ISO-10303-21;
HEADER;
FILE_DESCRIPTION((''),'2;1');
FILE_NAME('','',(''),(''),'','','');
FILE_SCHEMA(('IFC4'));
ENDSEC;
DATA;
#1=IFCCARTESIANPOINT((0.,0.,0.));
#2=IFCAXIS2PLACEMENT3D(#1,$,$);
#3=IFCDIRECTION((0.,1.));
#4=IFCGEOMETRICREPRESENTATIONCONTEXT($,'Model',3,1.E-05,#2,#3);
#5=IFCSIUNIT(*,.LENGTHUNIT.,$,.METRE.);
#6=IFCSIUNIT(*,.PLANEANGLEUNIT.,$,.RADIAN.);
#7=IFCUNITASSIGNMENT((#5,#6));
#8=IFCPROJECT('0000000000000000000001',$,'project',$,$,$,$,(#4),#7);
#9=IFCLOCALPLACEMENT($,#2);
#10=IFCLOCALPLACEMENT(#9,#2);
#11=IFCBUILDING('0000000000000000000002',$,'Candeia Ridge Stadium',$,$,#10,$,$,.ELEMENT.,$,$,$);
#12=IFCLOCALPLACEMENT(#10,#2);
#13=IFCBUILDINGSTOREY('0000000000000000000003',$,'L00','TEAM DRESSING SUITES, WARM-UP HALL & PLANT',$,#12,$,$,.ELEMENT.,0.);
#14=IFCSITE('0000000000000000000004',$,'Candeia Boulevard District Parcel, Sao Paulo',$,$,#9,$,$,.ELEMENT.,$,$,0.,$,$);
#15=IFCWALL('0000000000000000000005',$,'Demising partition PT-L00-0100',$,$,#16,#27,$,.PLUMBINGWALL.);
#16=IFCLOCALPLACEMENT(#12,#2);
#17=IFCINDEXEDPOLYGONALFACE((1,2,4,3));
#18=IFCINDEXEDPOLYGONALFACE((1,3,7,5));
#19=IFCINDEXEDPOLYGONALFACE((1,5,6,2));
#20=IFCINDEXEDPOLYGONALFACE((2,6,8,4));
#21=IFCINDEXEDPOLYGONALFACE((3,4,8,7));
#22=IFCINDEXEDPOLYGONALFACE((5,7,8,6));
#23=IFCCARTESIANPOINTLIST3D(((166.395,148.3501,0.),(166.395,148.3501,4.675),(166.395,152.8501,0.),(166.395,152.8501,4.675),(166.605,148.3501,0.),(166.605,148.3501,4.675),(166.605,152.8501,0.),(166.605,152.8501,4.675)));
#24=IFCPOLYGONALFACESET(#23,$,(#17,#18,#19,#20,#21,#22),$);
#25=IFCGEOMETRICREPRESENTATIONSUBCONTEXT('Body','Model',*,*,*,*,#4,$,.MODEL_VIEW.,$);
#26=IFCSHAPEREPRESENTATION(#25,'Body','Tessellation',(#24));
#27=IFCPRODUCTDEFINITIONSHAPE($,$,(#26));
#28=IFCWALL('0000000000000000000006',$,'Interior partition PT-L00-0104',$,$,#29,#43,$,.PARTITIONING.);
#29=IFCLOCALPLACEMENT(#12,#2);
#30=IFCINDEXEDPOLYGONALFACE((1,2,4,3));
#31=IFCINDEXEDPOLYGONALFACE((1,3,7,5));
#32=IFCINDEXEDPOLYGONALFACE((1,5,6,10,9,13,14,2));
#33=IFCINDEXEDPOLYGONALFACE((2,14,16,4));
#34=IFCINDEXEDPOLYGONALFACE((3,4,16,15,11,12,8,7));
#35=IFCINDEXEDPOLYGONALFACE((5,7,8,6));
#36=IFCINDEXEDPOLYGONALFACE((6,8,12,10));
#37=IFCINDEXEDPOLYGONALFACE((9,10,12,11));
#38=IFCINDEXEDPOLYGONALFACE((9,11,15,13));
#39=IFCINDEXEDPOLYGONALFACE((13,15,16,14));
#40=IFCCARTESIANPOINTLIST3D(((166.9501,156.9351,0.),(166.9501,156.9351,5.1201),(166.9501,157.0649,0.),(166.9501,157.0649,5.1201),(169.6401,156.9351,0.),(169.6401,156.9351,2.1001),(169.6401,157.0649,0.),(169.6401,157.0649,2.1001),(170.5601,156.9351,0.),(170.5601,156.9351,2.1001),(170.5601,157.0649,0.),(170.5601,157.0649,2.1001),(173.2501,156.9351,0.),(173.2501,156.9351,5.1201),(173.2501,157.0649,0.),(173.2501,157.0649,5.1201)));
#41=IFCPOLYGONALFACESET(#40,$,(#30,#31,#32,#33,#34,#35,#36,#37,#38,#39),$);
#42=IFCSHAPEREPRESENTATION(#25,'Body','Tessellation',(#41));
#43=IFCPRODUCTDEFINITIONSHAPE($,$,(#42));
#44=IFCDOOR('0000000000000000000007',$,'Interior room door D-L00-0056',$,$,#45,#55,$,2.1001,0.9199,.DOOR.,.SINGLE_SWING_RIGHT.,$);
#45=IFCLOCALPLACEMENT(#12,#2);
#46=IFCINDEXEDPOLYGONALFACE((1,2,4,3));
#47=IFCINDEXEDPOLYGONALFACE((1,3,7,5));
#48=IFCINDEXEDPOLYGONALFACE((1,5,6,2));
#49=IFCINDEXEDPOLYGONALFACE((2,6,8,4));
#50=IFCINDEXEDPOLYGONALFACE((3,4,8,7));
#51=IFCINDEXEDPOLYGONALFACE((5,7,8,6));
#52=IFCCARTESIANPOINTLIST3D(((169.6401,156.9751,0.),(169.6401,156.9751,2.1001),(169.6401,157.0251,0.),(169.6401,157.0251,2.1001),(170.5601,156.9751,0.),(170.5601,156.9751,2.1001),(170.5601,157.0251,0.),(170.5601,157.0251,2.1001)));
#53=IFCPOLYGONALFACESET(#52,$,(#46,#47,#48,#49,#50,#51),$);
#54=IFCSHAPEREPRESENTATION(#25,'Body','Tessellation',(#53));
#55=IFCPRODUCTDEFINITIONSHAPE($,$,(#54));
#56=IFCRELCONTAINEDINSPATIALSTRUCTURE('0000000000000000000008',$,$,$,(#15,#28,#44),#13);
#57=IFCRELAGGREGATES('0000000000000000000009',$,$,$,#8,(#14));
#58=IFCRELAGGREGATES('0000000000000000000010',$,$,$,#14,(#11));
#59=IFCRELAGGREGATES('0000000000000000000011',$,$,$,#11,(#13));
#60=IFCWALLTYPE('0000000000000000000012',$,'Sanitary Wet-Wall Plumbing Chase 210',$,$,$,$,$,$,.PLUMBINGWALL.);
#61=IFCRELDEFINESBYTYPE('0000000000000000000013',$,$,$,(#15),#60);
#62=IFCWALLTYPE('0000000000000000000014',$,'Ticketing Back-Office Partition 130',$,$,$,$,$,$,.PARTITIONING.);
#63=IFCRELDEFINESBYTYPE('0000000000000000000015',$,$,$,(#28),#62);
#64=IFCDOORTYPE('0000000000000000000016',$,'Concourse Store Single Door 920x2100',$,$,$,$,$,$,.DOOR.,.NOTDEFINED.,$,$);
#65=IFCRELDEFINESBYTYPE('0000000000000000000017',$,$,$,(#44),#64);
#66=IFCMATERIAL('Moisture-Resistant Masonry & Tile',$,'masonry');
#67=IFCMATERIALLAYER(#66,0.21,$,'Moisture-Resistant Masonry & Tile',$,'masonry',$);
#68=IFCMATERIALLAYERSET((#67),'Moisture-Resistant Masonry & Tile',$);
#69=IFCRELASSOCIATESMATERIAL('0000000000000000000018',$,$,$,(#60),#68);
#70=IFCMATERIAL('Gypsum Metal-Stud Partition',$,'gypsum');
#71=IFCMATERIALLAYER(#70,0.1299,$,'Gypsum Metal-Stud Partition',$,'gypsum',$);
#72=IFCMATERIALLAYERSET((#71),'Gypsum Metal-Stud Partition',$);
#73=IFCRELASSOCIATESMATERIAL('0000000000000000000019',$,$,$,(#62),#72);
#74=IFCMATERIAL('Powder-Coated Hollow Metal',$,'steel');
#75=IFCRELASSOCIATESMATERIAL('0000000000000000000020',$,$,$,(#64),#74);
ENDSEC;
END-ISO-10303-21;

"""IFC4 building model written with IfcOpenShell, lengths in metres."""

from ifc_helpers import new_model, si_unit, direction, frame, frame_2d, origin, place, context, subcontext, project, spatial, rectangle, extrude, material, layer, layer_set, type_object, element, fill, save


model = new_model("IFC4")

# Units and contexts
model_context = context("Model", 3, precision=1e-05, world=origin(), true_north=direction((0.0, 1.0)))
body_context = subcontext(model_context, "Body", "Model", "MODEL_VIEW")
ifc_project = project(units=[si_unit("LENGTHUNIT", "METRE"), si_unit("PLANEANGLEUNIT", "RADIAN")], contexts=[model_context])

# Site, building, storey
site_placement = place(None, origin())
site = spatial("IfcSite", under=ifc_project, at=site_placement, Name="Candeia Boulevard District Parcel, Sao Paulo", CompositionType="ELEMENT", RefElevation=0.0)
building_placement = place(site_placement, origin())
building = spatial("IfcBuilding", under=site, at=building_placement, Name="Candeia Ridge Stadium", CompositionType="ELEMENT")
storey_placement = place(building_placement, origin())
storey = spatial("IfcBuildingStorey", under=building, at=storey_placement, Name="L00", Description="TEAM DRESSING SUITES, WARM-UP HALL & PLANT", CompositionType="ELEMENT", Elevation=0.0)

# Shared definitions
ifc_material_1 = material(Name="Moisture-Resistant Masonry & Tile", Category="masonry")

# Wall
ifc_layer_1 = layer(ifc_material_1, 0.21, Name="Moisture-Resistant Masonry & Tile", Category="masonry")
ifc_layer_set_1 = layer_set([ifc_layer_1], Name="Moisture-Resistant Masonry & Tile")
wall_type_1 = type_object("IfcWallType", Name="Sanitary Wet-Wall Plumbing Chase 210", PredefinedType="PLUMBINGWALL", material=ifc_layer_set_1)
wall_1_placement = place(storey_placement, frame((166.5, 152.8501, 0.0), z_axis=(0.0, 0.0, 1.0), x_axis=(0.0, -1.0, 0.0)))
element("IfcWall", 1, at=wall_1_placement, inside=storey, type_object=wall_type_1, Name="Demising partition PT-L00-0100", PredefinedType="PLUMBINGWALL", context=body_context, shape_type="SweptSolid", body=[
    extrude(rectangle(XDim=4.5, YDim=0.21, at=frame_2d((2.25, 0.0))), origin(), (0.0, 0.0, 1.0), 4.675),
])

# Wall, opening, door
ifc_material_2 = material(Name="Gypsum Metal-Stud Partition", Category="gypsum")
ifc_layer_2 = layer(ifc_material_2, 0.1299, Name="Gypsum Metal-Stud Partition", Category="gypsum")
ifc_layer_set_2 = layer_set([ifc_layer_2], Name="Gypsum Metal-Stud Partition")
wall_type_2 = type_object("IfcWallType", Name="Ticketing Back-Office Partition 130", PredefinedType="PARTITIONING", material=ifc_layer_set_2)
wall_2_placement = place(storey_placement, frame((173.25, 157.0, 0.0), z_axis=(0.0, 0.0, 1.0), x_axis=(-1.0, 0.0, 0.0)))
wall_2 = element("IfcWall", 2, at=wall_2_placement, inside=storey, type_object=wall_type_2, Name="Interior partition PT-L00-0104", PredefinedType="PARTITIONING", context=body_context, shape_type="SweptSolid", body=[
    extrude(rectangle(XDim=6.3, YDim=0.1299, at=frame_2d((3.1499, 0.0))), origin(), (0.0, 0.0, 1.0), 5.1201),
])
opening_1_placement = place(wall_2_placement, frame((2.6899, 0.0, 0.0)))
opening_1 = element("IfcOpeningElement", 3, at=opening_1_placement, cuts=wall_2, PredefinedType="OPENING", context=body_context, shape_type="SweptSolid", body=[
    extrude(rectangle(XDim=0.9199, YDim=2.1001, at=frame_2d((0.46, 1.05))), frame((0.0, 0.075, 0.0), z_axis=(0.0, -1.0, 0.0), x_axis=(1.0, 0.0, 0.0)), (0.0, 0.0, 1.0), 0.1499),
])
ifc_material_3 = material(Name="Powder-Coated Hollow Metal", Category="steel")
door_type_1 = type_object("IfcDoorType", Name="Concourse Store Single Door 920x2100", OperationType="NOTDEFINED", PredefinedType="DOOR", material=ifc_material_3)
door_1_placement = place(opening_1_placement, origin())
door_1 = element("IfcDoor", 4, at=door_1_placement, inside=storey, type_object=door_type_1, Name="Interior room door D-L00-0056", OperationType="SINGLE_SWING_RIGHT", OverallHeight=2.1001, OverallWidth=0.9199, PredefinedType="DOOR", context=body_context, shape_type="SweptSolid", body=[
    extrude(rectangle(XDim=0.9199, YDim=2.1001, at=frame_2d((0.46, 1.05))), frame((0.0, 0.0249, 0.0), z_axis=(0.0, -1.0, 0.0), x_axis=(1.0, 0.0, 0.0)), (0.0, 0.0, 1.0), 0.05),
])
fill(opening_1, door_1)

save(model, "model.ifc")
